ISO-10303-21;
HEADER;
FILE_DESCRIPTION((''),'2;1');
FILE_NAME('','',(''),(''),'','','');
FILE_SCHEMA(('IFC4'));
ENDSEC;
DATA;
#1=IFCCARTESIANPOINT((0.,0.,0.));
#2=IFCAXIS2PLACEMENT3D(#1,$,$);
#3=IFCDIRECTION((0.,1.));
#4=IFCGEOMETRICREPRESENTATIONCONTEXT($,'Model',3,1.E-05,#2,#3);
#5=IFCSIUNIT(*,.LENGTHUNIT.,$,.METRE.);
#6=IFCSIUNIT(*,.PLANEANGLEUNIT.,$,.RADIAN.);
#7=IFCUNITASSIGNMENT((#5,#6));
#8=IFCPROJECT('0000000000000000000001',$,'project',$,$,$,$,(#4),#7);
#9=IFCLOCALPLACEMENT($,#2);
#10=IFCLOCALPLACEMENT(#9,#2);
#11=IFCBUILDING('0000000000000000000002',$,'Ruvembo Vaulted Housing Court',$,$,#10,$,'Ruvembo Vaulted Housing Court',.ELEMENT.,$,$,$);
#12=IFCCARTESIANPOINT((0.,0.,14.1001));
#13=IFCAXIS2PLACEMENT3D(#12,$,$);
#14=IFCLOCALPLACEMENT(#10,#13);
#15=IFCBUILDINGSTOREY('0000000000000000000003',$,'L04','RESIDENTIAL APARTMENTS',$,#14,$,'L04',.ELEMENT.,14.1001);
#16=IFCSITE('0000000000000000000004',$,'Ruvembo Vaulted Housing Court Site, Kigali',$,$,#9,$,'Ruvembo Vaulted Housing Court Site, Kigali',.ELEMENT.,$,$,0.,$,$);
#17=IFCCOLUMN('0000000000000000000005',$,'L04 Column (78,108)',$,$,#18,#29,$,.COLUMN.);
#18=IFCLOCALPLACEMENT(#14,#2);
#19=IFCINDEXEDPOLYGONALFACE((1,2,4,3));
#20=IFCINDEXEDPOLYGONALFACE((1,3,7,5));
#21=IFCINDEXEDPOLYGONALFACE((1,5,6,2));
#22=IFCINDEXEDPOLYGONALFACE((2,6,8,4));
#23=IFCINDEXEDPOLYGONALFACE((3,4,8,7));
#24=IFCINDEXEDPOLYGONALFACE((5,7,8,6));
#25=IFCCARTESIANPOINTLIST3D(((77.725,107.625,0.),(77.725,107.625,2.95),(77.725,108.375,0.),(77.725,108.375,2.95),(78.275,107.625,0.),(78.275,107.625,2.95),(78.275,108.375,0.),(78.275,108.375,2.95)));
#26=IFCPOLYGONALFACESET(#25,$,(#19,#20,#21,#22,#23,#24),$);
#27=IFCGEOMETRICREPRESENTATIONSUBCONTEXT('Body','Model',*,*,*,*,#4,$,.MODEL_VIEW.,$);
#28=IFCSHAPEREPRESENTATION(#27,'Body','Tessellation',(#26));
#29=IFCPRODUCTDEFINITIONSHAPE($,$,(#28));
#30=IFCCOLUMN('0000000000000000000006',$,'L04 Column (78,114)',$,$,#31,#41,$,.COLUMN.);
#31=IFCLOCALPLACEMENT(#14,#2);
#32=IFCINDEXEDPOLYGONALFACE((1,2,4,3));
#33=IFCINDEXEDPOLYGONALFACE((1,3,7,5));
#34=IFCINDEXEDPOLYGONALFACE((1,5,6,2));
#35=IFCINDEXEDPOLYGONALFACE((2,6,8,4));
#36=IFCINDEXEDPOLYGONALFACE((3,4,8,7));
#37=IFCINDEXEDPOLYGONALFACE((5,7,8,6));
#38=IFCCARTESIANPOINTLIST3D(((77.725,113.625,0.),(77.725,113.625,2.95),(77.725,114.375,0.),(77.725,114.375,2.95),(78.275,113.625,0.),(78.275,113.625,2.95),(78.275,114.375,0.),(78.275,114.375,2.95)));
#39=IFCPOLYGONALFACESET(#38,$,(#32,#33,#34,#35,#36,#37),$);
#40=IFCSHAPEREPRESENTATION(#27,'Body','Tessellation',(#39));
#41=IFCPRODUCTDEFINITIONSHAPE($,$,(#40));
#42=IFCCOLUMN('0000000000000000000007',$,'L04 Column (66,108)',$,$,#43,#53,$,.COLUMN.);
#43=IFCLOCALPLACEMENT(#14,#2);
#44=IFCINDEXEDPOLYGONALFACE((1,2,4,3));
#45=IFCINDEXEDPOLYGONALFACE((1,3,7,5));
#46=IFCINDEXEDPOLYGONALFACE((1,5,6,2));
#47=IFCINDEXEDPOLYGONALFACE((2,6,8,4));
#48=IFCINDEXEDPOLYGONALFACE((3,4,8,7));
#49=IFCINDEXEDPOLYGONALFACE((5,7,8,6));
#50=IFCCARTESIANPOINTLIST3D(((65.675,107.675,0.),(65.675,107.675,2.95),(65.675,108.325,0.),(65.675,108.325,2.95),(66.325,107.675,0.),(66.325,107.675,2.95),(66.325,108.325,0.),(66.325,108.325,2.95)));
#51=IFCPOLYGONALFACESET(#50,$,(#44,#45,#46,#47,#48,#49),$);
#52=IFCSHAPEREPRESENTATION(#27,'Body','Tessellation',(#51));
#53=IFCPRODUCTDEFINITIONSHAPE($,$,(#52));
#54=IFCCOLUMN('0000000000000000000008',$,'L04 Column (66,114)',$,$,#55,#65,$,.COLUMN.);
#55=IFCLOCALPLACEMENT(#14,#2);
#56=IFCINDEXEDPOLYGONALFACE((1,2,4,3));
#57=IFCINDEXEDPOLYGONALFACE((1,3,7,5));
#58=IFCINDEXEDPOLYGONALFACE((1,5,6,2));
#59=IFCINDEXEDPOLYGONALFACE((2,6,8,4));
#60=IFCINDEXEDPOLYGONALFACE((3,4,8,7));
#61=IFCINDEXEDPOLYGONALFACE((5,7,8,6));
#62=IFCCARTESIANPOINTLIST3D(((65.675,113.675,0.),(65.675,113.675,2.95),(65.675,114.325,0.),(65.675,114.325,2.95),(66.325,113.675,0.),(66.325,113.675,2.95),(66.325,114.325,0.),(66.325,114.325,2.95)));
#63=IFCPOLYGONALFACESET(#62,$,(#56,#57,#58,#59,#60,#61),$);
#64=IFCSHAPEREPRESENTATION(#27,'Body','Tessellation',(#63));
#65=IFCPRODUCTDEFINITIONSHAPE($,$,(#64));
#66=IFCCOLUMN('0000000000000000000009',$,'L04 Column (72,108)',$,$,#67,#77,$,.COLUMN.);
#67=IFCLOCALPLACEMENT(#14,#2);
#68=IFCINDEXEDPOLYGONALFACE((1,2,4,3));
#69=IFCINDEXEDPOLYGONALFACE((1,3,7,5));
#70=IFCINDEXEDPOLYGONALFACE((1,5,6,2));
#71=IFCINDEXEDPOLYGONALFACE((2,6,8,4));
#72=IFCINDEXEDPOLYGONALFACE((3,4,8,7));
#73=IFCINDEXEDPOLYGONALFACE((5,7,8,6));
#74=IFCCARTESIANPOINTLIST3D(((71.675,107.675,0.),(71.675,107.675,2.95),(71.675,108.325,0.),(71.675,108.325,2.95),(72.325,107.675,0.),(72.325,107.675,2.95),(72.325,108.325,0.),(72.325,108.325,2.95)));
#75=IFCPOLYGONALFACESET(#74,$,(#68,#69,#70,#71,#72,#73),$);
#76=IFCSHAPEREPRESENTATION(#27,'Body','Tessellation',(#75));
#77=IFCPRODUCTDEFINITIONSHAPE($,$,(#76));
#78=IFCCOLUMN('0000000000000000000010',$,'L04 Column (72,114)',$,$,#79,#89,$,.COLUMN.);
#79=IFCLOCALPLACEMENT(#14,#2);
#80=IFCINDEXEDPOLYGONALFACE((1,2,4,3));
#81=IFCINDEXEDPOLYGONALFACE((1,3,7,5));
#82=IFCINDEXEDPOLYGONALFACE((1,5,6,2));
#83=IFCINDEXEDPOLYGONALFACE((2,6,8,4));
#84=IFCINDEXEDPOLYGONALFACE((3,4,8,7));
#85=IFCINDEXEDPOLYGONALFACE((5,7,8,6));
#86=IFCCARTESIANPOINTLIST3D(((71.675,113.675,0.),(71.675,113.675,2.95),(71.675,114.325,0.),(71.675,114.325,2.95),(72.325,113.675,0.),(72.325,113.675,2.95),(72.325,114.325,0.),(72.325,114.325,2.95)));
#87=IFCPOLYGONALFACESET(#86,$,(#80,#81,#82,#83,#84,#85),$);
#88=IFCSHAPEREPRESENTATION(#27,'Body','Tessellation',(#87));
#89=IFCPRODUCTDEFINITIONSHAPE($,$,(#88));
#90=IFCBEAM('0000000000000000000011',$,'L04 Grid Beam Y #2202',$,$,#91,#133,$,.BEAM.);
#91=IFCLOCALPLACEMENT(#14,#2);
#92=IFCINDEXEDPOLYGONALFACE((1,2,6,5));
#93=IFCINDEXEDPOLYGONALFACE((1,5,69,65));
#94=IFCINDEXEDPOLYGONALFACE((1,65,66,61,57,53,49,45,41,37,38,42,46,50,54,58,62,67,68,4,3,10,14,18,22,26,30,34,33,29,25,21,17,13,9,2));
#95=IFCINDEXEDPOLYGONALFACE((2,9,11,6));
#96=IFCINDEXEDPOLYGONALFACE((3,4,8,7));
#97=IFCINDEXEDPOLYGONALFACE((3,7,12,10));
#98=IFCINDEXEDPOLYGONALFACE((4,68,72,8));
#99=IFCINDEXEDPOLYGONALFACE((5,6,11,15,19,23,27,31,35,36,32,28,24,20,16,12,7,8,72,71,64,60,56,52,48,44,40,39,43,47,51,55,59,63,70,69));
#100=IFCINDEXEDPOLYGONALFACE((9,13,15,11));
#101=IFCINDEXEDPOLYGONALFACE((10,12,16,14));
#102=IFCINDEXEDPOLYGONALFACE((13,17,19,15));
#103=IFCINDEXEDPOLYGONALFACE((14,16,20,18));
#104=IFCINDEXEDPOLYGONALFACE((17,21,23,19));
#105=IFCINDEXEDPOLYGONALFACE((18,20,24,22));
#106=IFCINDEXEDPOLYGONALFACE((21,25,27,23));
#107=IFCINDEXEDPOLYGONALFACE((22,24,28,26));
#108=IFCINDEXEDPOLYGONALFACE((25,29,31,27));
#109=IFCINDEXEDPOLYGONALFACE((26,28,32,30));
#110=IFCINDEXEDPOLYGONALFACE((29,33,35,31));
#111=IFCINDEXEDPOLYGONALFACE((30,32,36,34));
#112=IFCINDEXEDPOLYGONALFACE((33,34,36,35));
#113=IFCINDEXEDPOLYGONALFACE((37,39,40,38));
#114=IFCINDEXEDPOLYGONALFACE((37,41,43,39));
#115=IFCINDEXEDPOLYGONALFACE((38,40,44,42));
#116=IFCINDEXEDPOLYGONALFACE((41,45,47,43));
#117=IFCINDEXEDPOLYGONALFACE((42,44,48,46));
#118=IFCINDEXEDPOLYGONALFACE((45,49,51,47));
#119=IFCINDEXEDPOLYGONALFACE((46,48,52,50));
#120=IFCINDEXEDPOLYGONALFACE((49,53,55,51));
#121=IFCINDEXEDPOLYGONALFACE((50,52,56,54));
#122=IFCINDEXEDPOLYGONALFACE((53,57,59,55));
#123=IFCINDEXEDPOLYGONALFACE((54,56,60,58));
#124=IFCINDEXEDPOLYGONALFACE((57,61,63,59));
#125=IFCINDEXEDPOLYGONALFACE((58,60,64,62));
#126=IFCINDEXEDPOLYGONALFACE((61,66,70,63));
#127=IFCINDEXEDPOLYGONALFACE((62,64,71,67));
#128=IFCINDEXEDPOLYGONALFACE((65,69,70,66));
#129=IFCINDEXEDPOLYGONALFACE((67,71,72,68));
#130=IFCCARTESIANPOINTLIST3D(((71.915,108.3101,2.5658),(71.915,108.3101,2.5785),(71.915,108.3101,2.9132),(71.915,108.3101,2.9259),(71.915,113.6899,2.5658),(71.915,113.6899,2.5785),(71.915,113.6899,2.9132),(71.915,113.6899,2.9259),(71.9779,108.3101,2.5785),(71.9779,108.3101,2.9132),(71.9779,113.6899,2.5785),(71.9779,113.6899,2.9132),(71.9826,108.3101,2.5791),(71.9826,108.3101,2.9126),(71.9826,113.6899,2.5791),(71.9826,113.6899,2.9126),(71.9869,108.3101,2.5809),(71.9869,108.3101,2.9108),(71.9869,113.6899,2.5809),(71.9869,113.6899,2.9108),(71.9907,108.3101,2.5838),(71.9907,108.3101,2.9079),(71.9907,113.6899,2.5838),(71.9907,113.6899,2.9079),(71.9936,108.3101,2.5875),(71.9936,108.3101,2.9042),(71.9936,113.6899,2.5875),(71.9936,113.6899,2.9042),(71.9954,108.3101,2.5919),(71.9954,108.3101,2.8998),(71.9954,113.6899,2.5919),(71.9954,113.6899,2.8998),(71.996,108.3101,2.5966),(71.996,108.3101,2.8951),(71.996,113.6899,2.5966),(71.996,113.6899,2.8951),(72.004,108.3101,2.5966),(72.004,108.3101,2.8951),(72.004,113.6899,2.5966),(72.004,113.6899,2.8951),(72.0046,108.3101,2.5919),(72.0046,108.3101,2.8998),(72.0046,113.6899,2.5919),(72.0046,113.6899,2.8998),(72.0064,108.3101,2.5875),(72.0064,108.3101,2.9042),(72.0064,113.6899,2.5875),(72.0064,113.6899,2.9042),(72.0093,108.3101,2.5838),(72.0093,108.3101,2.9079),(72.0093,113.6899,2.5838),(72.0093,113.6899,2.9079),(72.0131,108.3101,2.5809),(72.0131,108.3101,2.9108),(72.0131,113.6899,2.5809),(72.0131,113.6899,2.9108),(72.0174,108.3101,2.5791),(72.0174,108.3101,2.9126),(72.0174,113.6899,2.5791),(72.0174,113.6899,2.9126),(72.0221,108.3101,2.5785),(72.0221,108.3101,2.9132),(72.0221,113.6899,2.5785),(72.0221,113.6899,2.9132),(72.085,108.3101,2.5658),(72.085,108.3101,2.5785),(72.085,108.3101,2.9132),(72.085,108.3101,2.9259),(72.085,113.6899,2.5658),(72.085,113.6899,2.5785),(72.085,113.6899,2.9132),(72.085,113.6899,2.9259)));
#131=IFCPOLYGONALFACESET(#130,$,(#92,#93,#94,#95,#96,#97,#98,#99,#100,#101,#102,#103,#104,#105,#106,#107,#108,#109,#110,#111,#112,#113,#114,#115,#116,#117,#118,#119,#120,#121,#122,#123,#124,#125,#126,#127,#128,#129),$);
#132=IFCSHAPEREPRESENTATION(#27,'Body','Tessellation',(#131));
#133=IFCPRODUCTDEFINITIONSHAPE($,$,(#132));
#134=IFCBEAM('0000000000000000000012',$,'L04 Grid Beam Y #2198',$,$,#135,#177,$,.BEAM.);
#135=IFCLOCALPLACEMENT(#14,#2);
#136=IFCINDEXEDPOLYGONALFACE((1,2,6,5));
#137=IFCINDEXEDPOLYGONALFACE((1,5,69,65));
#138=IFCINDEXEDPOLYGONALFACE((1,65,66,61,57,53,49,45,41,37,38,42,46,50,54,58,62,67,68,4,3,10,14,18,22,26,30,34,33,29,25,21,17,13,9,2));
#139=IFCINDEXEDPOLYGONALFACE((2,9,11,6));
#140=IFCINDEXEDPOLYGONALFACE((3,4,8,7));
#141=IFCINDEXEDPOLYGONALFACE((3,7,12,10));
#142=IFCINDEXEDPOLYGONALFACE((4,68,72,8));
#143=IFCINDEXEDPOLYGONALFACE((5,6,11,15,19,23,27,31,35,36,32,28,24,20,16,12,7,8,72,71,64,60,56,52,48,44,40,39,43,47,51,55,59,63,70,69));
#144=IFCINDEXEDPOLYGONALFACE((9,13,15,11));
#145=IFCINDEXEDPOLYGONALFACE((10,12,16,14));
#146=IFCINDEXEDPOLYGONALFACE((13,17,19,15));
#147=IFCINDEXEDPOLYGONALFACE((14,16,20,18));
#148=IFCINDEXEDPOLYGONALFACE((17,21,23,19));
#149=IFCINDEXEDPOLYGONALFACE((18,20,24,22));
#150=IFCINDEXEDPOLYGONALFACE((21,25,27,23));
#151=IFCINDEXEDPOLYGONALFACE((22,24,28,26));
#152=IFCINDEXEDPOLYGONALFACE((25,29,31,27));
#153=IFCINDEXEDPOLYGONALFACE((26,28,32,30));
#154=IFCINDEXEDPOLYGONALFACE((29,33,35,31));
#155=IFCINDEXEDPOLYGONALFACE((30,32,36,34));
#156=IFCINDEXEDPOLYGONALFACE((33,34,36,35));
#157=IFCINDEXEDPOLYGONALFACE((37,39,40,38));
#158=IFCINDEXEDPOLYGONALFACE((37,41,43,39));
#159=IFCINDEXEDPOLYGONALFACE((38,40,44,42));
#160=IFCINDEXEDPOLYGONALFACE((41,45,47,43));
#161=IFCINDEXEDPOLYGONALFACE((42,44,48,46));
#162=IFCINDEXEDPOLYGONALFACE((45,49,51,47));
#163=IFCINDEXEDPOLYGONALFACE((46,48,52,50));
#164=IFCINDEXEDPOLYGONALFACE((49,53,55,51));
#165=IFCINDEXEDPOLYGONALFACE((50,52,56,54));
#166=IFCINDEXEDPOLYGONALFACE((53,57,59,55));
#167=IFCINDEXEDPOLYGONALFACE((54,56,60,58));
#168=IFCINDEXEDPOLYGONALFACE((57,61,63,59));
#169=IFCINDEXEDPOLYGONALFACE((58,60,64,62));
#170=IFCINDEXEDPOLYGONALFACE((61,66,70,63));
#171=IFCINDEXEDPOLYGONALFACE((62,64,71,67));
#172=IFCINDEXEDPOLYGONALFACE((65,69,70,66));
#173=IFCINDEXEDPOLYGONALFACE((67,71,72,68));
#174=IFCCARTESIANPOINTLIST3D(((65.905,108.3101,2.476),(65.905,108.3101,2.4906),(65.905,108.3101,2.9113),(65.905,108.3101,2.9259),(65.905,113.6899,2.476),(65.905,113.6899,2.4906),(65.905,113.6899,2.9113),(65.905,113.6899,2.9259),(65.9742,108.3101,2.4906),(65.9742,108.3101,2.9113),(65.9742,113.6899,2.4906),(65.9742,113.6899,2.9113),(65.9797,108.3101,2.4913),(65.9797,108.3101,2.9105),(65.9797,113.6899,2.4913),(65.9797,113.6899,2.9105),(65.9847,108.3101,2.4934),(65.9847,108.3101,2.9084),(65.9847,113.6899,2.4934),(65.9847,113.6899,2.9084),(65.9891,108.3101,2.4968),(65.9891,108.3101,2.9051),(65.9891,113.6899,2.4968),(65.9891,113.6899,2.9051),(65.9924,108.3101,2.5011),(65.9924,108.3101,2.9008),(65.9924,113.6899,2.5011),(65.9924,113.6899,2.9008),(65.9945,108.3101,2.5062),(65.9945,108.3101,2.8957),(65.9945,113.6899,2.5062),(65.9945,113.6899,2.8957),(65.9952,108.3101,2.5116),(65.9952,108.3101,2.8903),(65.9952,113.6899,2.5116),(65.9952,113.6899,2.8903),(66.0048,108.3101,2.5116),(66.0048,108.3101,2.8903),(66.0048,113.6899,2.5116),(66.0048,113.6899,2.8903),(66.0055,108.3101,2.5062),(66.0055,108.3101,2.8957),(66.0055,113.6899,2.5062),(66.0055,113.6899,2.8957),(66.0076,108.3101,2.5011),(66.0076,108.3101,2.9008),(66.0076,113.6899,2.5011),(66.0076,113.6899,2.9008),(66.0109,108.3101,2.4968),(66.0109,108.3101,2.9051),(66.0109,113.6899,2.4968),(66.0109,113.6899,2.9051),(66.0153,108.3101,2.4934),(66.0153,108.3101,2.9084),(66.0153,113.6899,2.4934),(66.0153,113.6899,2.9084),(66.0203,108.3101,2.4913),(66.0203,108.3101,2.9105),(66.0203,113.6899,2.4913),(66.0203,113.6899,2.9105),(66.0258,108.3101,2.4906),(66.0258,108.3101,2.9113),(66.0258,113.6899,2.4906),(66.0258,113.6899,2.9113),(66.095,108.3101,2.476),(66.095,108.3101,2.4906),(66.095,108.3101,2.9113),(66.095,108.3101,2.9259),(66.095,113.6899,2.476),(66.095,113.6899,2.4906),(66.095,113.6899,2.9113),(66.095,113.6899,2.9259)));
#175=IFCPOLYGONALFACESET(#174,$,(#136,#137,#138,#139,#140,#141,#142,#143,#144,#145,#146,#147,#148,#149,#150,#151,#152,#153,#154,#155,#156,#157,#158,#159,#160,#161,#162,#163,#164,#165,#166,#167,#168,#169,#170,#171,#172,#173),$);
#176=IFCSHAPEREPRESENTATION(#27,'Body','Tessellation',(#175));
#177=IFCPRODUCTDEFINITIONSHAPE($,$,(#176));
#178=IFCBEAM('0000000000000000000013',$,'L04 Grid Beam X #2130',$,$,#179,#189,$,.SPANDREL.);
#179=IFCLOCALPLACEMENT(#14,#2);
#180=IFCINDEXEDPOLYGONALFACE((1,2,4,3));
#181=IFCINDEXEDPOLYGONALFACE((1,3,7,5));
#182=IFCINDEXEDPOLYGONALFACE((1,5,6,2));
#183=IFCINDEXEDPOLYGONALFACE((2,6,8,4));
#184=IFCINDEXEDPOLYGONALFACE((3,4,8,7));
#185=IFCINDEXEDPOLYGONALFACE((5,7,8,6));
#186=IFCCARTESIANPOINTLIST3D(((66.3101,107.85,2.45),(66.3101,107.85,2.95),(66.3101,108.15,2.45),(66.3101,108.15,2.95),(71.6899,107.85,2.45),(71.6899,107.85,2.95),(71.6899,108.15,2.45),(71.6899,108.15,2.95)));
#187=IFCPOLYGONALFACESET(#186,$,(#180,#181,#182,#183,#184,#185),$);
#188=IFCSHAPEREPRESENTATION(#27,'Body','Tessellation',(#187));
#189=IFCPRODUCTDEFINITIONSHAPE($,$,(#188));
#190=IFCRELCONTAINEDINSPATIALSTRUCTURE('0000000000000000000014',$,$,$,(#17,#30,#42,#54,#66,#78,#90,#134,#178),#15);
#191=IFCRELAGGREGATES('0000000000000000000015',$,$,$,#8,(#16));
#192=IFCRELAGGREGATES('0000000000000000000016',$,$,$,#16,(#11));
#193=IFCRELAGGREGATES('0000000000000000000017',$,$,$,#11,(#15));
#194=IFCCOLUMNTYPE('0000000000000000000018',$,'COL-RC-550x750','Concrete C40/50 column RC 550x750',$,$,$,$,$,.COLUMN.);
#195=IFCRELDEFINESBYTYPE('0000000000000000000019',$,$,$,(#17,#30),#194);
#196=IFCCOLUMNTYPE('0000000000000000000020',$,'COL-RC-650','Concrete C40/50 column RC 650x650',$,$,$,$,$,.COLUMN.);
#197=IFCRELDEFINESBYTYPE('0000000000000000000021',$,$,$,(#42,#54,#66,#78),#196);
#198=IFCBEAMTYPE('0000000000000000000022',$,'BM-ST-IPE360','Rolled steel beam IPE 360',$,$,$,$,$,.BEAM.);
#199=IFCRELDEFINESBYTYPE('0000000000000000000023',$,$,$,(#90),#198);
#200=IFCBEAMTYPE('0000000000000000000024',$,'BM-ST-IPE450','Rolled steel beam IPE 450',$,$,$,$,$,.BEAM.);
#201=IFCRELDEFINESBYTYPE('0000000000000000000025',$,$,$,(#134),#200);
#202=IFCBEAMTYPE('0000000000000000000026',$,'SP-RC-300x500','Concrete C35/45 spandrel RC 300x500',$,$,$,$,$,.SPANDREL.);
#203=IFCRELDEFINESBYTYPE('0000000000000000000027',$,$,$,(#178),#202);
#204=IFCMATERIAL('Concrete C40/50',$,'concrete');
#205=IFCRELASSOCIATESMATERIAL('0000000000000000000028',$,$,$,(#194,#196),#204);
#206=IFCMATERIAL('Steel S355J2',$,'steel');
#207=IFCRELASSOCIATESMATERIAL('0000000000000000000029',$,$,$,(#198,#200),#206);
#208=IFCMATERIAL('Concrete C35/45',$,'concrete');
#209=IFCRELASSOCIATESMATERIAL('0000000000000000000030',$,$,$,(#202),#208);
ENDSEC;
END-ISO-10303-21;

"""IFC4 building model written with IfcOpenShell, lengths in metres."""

from ifc_helpers import new_model, si_unit, direction, frame, origin, origin_2d, place, context, subcontext, project, spatial, rectangle, i_section, extrude, material, material_profile, profile_set, type_object, element, save


model = new_model("IFC4")

# Units and contexts
model_context = context("Model", 3, precision=1e-05, world=origin(), true_north=direction((0.0, 1.0)))
body_context = subcontext(model_context, "Body", "Model", "MODEL_VIEW")
ifc_project = project(units=[si_unit("LENGTHUNIT", "METRE"), si_unit("PLANEANGLEUNIT", "RADIAN")], contexts=[model_context])

# Site, building, storey
site_placement = place(None, origin())
site = spatial("IfcSite", under=ifc_project, at=site_placement, Name="Ruvembo Vaulted Housing Court Site, Kigali", LongName="Ruvembo Vaulted Housing Court Site, Kigali", CompositionType="ELEMENT", RefElevation=0.0)
building_placement = place(site_placement, origin())
building = spatial("IfcBuilding", under=site, at=building_placement, Name="Ruvembo Vaulted Housing Court", LongName="Ruvembo Vaulted Housing Court", CompositionType="ELEMENT")
storey_placement = place(building_placement, frame((0.0, 0.0, 14.1001)))
storey = spatial("IfcBuildingStorey", under=building, at=storey_placement, Name="L04", Description="RESIDENTIAL APARTMENTS", LongName="L04", CompositionType="ELEMENT", Elevation=14.1001)

# Columns
ifc_material_1 = material(Name="Concrete C40/50", Category="concrete")
ifc_material_profile_1 = material_profile(ifc_material_1, rectangle(XDim=0.55, YDim=0.75, at=origin_2d()), Name="RC 550x750")
ifc_profile_set_1 = profile_set([ifc_material_profile_1], Name="Concrete C40/50")
column_type_1 = type_object("IfcColumnType", Name="COL-RC-550x750", Description="Concrete C40/50 column RC 550x750", PredefinedType="COLUMN", material=ifc_profile_set_1)
for number, where, z_axis, x_axis, name in (
    (1, (78.0, 108.0, 0.0), (0.0, 0.0, 1.0), (1.0, 0.0, 0.0), "L04 Column (78,108)"),
    (2, (78.0, 114.0, 0.0), (0.0, 0.0, 1.0), (1.0, 0.0, 0.0), "L04 Column (78,114)"),
):
    element("IfcColumn", number, at=place(storey_placement, frame(where, z_axis=z_axis, x_axis=x_axis)), inside=storey, type_object=column_type_1, Name=name, PredefinedType="COLUMN", context=body_context, shape_type="SweptSolid", body=[
        extrude(rectangle(XDim=0.55, YDim=0.75, at=origin_2d()), origin(), (0.0, 0.0, 1.0), 2.95),
    ])
ifc_material_profile_2 = material_profile(ifc_material_1, rectangle(XDim=0.6499, YDim=0.6499, at=origin_2d()), Name="RC 650x650")
ifc_profile_set_2 = profile_set([ifc_material_profile_2], Name="Concrete C40/50")
column_type_2 = type_object("IfcColumnType", Name="COL-RC-650", Description="Concrete C40/50 column RC 650x650", PredefinedType="COLUMN", material=ifc_profile_set_2)
for number, where, z_axis, x_axis, name in (
    (3, (66.0, 108.0, 0.0), (0.0, 0.0, 1.0), (1.0, 0.0, 0.0), "L04 Column (66,108)"),
    (4, (66.0, 114.0, 0.0), (0.0, 0.0, 1.0), (1.0, 0.0, 0.0), "L04 Column (66,114)"),
    (5, (72.0, 108.0, 0.0), (0.0, 0.0, 1.0), (1.0, 0.0, 0.0), "L04 Column (72,108)"),
    (6, (72.0, 114.0, 0.0), (0.0, 0.0, 1.0), (1.0, 0.0, 0.0), "L04 Column (72,114)"),
):
    element("IfcColumn", number, at=place(storey_placement, frame(where, z_axis=z_axis, x_axis=x_axis)), inside=storey, type_object=column_type_2, Name=name, PredefinedType="COLUMN", context=body_context, shape_type="SweptSolid", body=[
        extrude(rectangle(XDim=0.6499, YDim=0.6499, at=origin_2d()), origin(), (0.0, 0.0, 1.0), 2.95),
    ])

# Beams
ifc_material_2 = material(Name="Steel S355J2", Category="steel")
ifc_material_profile_3 = material_profile(ifc_material_2, i_section(OverallWidth=0.1699, OverallDepth=0.3601, WebThickness=0.0081, FlangeThickness=0.0127, FilletRadius=0.0181, at=origin_2d()), Name="IPE 360")
ifc_profile_set_3 = profile_set([ifc_material_profile_3], Name="Steel S355J2")
beam_type_1 = type_object("IfcBeamType", Name="BM-ST-IPE360", Description="Rolled steel beam IPE 360", PredefinedType="BEAM", material=ifc_profile_set_3)
beam_1_placement = place(storey_placement, frame((72.0, 108.3101, 2.7458), z_axis=(0.0, 1.0, 0.0), x_axis=(-1.0, 0.0, 0.0)))
element("IfcBeam", 7, at=beam_1_placement, inside=storey, type_object=beam_type_1, Name="L04 Grid Beam Y #2202", PredefinedType="BEAM", context=body_context, shape_type="SweptSolid", body=[
    extrude(i_section(OverallWidth=0.1699, OverallDepth=0.3601, WebThickness=0.0081, FlangeThickness=0.0127, FilletRadius=0.0181, at=origin_2d()), origin(), (0.0, 0.0, 1.0), 5.3799),
])
ifc_material_profile_4 = material_profile(ifc_material_2, i_section(OverallWidth=0.1899, OverallDepth=0.45, WebThickness=0.0095, FlangeThickness=0.0146, FilletRadius=0.021, at=origin_2d()), Name="IPE 450")
ifc_profile_set_4 = profile_set([ifc_material_profile_4], Name="Steel S355J2")
beam_type_2 = type_object("IfcBeamType", Name="BM-ST-IPE450", Description="Rolled steel beam IPE 450", PredefinedType="BEAM", material=ifc_profile_set_4)
beam_2_placement = place(storey_placement, frame((66.0, 108.3101, 2.7009), z_axis=(0.0, 1.0, 0.0), x_axis=(-1.0, 0.0, 0.0)))
element("IfcBeam", 8, at=beam_2_placement, inside=storey, type_object=beam_type_2, Name="L04 Grid Beam Y #2198", PredefinedType="BEAM", context=body_context, shape_type="SweptSolid", body=[
    extrude(i_section(OverallWidth=0.1899, OverallDepth=0.45, WebThickness=0.0095, FlangeThickness=0.0146, FilletRadius=0.021, at=origin_2d()), origin(), (0.0, 0.0, 1.0), 5.3799),
])
ifc_material_3 = material(Name="Concrete C35/45", Category="concrete")
ifc_material_profile_5 = material_profile(ifc_material_3, rectangle(XDim=0.3, YDim=0.5, at=origin_2d()), Name="RC 300x500")
ifc_profile_set_5 = profile_set([ifc_material_profile_5], Name="Concrete C35/45")
beam_type_3 = type_object("IfcBeamType", Name="SP-RC-300x500", Description="Concrete C35/45 spandrel RC 300x500", PredefinedType="SPANDREL", material=ifc_profile_set_5)
beam_3_placement = place(storey_placement, frame((66.3101, 108.0, 2.7), z_axis=(1.0, 0.0, 0.0), x_axis=(0.0, 1.0, 0.0)))
element("IfcBeam", 9, at=beam_3_placement, inside=storey, type_object=beam_type_3, Name="L04 Grid Beam X #2130", PredefinedType="SPANDREL", context=body_context, shape_type="SweptSolid", body=[
    extrude(rectangle(XDim=0.3, YDim=0.5, at=origin_2d()), origin(), (0.0, 0.0, 1.0), 5.3799),
])

save(model, "model.ifc")
